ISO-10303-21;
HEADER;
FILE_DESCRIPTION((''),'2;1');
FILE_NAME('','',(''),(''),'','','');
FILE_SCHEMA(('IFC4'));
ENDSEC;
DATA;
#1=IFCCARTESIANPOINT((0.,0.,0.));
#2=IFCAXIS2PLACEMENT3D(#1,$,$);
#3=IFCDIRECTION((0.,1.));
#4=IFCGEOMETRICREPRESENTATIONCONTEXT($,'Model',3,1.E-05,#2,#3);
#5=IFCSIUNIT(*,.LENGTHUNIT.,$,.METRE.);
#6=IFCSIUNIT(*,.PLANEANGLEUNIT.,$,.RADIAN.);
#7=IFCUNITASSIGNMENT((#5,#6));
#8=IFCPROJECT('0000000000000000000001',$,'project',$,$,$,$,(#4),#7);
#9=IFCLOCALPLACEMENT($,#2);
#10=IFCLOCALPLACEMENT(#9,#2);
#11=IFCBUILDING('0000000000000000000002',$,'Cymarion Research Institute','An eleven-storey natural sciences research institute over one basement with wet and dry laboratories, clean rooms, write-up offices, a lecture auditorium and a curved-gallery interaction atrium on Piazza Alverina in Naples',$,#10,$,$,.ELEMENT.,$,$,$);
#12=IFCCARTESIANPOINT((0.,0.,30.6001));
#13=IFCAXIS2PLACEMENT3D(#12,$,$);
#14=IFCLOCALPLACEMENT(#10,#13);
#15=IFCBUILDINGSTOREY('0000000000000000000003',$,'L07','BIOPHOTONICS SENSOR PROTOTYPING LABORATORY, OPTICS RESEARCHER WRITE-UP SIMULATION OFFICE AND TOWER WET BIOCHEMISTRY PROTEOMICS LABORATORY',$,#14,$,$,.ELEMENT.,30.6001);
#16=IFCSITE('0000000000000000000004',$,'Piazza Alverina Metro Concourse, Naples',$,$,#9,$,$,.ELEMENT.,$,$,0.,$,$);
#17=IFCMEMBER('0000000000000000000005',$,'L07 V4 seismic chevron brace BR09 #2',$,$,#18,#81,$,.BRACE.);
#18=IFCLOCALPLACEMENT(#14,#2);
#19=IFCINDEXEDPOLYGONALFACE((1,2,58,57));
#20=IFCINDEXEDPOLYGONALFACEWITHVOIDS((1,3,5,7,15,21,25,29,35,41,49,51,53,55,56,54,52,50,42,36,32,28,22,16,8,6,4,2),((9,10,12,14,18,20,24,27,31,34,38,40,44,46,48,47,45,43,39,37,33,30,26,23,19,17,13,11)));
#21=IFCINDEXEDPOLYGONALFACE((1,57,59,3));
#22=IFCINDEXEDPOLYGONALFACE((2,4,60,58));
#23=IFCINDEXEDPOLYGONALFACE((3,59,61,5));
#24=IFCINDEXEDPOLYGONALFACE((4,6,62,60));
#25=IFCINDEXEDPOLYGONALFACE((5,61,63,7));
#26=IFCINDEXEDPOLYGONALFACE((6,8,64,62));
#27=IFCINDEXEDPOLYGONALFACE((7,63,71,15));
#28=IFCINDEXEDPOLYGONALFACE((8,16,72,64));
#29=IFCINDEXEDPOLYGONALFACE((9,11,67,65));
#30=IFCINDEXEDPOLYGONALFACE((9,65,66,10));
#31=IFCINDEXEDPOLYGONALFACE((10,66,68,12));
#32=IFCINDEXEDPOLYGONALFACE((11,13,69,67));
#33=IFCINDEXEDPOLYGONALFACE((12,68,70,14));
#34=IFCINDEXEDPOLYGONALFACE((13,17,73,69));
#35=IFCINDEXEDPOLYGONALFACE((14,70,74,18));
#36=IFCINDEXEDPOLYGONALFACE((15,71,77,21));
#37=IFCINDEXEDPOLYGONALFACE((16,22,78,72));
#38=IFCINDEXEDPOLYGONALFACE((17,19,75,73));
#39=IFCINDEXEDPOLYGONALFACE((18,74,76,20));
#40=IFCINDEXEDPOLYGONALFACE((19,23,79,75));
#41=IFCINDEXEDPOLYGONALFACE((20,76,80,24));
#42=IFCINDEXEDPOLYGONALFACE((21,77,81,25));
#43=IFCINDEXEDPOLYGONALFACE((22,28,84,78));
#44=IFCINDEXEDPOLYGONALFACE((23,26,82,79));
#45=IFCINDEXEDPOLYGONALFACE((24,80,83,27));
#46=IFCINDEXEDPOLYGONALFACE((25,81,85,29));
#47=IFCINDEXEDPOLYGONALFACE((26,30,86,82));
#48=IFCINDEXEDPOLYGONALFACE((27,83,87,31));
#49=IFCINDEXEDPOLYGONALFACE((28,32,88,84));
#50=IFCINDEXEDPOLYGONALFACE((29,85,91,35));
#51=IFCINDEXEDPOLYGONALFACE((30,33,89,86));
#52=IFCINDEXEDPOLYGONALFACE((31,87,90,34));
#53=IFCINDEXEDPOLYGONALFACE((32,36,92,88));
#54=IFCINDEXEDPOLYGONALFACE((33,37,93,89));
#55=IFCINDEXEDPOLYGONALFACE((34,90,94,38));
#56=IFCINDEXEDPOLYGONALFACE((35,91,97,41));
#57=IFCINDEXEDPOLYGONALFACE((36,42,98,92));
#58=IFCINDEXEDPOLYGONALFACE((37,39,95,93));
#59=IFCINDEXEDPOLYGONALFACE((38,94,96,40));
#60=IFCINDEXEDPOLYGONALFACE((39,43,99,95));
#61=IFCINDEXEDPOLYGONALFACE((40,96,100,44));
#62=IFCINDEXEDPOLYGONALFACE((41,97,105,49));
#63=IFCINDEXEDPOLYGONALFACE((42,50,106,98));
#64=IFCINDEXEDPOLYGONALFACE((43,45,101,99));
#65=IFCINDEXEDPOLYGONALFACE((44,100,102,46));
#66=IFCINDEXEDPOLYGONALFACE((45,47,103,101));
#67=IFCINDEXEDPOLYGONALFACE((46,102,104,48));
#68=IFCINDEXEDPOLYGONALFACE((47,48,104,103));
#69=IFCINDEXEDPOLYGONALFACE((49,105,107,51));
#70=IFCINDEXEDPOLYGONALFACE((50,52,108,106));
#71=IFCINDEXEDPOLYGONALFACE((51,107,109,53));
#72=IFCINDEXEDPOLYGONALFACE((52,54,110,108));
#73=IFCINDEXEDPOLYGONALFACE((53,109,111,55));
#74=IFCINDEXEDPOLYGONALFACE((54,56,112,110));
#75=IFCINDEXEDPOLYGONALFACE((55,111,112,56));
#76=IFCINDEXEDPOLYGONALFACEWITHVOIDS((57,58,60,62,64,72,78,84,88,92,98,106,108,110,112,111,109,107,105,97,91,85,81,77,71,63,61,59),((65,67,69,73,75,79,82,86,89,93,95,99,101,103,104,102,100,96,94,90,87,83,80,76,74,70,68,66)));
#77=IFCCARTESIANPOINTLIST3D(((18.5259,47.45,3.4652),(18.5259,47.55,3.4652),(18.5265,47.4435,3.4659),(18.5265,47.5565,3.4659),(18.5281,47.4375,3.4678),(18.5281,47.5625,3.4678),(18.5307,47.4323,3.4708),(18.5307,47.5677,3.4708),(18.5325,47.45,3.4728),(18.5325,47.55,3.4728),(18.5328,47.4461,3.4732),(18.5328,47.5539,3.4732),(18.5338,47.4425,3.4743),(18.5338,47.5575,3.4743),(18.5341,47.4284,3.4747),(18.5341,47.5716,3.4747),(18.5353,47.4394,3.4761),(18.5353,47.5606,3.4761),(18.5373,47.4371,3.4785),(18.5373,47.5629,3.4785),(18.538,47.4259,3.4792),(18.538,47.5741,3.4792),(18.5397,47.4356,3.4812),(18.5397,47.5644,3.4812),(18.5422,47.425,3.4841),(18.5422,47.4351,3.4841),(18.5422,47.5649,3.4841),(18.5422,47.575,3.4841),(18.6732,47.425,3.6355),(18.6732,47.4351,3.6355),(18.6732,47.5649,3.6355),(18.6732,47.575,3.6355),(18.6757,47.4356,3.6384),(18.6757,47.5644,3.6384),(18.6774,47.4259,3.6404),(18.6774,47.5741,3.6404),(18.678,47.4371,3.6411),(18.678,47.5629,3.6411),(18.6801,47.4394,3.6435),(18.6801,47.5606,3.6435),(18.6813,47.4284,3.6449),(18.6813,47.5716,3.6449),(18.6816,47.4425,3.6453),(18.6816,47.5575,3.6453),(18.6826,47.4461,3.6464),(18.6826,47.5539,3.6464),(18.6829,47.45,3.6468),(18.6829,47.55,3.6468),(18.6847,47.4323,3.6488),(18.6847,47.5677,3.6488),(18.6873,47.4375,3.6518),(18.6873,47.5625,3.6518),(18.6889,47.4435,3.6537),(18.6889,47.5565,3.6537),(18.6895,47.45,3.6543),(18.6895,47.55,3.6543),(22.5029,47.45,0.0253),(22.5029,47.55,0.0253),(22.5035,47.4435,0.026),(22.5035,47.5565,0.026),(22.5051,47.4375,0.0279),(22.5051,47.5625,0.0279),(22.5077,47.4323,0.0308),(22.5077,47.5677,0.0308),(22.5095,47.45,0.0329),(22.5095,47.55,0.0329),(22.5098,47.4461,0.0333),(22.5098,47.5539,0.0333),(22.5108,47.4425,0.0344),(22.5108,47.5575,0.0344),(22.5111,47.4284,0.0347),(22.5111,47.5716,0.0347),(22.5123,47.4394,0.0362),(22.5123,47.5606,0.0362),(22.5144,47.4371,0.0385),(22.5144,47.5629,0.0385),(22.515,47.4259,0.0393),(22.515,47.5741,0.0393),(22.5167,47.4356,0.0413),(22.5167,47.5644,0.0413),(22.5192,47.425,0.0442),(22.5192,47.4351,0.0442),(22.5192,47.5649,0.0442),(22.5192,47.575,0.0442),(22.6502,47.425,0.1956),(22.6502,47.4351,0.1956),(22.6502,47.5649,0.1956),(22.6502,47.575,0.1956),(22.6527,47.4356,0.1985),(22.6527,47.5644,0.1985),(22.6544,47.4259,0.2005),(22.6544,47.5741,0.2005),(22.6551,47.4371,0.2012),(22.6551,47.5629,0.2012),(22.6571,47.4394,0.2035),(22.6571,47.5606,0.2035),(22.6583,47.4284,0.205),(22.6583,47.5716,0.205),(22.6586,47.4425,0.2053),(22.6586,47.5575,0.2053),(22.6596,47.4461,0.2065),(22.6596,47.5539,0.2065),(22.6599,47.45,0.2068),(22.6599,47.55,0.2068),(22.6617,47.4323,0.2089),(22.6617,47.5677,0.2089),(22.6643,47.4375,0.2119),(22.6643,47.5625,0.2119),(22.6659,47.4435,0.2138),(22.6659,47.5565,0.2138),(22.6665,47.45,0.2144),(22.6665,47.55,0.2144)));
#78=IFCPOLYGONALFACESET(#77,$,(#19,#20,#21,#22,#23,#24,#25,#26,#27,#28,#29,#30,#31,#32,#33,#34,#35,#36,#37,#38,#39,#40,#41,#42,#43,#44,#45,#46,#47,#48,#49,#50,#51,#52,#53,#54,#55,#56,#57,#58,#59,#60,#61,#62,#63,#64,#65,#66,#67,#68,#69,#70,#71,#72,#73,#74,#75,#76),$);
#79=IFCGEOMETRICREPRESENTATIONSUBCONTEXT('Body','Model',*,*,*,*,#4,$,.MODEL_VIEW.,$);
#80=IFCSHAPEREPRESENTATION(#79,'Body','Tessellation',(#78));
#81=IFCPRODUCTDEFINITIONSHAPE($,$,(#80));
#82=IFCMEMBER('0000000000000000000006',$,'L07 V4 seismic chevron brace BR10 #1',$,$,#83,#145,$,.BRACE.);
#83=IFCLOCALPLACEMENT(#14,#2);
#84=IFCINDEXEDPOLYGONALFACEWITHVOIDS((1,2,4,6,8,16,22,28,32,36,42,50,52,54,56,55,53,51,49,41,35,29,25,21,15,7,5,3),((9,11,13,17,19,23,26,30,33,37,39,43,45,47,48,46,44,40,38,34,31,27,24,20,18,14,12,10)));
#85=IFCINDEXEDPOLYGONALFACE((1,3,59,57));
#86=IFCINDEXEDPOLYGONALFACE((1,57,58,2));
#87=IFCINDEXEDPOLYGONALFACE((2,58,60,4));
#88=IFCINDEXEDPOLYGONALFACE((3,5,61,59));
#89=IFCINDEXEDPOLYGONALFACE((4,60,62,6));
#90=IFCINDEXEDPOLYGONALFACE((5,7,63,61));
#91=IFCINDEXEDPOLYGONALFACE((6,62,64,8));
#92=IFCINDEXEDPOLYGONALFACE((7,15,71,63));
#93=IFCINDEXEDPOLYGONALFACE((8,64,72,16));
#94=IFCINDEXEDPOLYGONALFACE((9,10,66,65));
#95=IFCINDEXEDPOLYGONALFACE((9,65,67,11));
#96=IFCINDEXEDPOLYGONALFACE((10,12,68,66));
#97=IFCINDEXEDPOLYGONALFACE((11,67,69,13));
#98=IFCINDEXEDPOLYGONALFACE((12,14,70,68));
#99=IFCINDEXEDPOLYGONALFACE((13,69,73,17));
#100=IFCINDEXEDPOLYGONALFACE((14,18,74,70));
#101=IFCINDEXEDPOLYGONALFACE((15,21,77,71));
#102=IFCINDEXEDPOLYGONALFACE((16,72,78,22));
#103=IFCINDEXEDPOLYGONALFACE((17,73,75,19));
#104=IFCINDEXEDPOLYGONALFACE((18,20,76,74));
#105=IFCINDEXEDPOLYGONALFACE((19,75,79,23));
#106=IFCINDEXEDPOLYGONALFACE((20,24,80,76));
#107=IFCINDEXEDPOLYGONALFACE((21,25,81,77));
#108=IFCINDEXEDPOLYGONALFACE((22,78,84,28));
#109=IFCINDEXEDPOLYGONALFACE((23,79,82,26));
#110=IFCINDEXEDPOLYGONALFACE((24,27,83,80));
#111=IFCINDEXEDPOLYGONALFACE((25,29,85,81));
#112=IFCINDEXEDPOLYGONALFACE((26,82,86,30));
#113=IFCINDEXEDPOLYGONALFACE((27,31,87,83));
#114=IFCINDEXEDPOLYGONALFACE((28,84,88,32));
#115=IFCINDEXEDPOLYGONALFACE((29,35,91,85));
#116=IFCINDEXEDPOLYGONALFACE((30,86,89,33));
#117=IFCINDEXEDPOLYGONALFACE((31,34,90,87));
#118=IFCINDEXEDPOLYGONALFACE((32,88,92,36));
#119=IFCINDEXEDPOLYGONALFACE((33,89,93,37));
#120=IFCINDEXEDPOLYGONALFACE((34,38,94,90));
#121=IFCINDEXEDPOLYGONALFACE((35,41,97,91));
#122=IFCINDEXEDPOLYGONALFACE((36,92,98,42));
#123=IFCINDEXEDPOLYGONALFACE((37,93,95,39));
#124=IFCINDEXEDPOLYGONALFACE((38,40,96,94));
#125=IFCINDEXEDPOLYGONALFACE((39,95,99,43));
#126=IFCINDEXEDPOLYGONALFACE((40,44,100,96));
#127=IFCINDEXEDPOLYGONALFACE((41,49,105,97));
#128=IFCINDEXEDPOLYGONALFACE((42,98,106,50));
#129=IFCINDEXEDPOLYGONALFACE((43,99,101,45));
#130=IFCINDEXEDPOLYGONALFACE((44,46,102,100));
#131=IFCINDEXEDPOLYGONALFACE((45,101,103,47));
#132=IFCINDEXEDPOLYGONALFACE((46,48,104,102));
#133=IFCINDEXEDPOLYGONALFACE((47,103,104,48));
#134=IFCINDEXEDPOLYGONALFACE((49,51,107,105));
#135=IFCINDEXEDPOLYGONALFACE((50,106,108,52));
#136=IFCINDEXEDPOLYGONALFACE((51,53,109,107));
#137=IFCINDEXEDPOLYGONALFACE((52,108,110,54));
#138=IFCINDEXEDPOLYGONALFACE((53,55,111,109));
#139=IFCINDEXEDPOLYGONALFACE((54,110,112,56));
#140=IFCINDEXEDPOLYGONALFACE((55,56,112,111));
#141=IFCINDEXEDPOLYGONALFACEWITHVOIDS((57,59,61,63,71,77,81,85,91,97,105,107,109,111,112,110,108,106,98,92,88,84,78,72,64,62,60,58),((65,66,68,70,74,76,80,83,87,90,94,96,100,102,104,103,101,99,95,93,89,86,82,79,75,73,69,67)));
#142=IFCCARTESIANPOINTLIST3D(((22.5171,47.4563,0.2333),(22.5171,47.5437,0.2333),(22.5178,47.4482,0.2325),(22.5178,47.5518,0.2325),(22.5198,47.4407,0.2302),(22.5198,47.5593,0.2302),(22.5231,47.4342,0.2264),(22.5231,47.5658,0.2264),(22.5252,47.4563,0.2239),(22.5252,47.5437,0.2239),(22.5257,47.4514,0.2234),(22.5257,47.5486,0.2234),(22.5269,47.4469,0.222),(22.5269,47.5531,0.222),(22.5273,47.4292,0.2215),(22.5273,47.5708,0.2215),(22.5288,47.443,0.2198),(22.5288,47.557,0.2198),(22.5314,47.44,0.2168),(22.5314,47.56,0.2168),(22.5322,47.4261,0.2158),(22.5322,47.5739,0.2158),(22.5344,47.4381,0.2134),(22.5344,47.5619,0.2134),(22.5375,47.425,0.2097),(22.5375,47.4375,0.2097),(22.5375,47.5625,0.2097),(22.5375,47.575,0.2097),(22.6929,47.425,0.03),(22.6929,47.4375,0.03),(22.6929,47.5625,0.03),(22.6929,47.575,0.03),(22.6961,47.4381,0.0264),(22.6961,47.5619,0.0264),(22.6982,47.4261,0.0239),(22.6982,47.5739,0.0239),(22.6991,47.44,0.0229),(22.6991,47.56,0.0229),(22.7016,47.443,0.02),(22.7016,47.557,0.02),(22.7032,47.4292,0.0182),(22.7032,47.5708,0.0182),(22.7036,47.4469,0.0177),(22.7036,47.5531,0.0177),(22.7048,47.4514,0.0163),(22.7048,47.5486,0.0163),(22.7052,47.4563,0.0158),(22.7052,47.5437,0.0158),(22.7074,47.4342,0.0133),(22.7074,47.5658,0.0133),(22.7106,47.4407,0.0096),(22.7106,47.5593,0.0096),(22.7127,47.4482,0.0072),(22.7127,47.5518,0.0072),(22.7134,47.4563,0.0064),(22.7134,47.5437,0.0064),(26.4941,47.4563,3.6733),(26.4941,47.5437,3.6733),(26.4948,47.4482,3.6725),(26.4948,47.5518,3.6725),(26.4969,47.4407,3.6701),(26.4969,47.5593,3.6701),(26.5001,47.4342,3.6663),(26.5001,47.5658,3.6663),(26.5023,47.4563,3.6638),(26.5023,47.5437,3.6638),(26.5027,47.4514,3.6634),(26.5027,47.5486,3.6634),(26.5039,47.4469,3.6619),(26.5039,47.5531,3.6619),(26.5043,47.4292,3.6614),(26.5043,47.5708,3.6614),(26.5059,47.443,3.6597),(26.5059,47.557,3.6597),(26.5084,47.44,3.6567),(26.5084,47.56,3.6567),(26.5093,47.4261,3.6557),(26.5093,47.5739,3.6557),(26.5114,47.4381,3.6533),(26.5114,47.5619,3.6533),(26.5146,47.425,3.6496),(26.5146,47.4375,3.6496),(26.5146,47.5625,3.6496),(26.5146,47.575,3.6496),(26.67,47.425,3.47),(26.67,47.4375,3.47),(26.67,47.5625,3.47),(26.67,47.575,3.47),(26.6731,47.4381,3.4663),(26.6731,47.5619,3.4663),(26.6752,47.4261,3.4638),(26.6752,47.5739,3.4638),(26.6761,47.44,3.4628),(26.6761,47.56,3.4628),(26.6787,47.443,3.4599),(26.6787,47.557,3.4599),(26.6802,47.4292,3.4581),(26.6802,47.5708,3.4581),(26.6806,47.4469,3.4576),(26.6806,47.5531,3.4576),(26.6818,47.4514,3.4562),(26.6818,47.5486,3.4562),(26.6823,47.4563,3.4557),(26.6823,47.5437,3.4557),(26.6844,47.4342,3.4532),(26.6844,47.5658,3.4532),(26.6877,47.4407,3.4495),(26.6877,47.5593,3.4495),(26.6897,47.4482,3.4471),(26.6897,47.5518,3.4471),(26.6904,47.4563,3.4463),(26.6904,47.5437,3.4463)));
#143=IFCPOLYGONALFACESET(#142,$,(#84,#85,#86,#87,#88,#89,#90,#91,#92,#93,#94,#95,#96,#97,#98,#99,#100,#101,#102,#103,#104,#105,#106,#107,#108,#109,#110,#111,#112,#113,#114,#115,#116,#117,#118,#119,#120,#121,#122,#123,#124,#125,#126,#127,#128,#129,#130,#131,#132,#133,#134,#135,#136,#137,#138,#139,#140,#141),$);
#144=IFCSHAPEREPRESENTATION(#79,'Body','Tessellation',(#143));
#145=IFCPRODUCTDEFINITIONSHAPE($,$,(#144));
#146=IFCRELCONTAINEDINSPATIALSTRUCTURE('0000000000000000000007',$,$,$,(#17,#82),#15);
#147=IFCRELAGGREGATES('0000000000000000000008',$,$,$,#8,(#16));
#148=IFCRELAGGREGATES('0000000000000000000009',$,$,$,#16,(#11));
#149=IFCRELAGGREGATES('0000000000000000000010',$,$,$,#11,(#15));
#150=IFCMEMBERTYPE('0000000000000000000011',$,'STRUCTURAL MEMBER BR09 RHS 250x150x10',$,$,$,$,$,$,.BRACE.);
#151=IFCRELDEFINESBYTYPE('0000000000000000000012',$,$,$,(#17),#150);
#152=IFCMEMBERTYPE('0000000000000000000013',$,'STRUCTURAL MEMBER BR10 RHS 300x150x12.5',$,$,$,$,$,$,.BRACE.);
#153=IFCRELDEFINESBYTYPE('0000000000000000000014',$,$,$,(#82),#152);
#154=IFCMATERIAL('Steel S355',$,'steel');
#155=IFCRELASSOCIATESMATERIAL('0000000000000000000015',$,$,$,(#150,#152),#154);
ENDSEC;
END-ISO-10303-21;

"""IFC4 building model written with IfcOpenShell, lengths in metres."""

from ifc_helpers import new_model, si_unit, direction, frame, origin, origin_2d, place, context, subcontext, project, spatial, hollow_rectangle, extrude, material, material_profile, profile_set, type_object, element, save


model = new_model("IFC4")

# Units and contexts
model_context = context("Model", 3, precision=1e-05, world=origin(), true_north=direction((0.0, 1.0)))
body_context = subcontext(model_context, "Body", "Model", "MODEL_VIEW")
ifc_project = project(units=[si_unit("LENGTHUNIT", "METRE"), si_unit("PLANEANGLEUNIT", "RADIAN")], contexts=[model_context])

# Site, building, storey
site_placement = place(None, origin())
site = spatial("IfcSite", under=ifc_project, at=site_placement, Name="Piazza Alverina Metro Concourse, Naples", CompositionType="ELEMENT", RefElevation=0.0)
building_placement = place(site_placement, origin())
building = spatial("IfcBuilding", under=site, at=building_placement, Name="Cymarion Research Institute", Description="An eleven-storey natural sciences research institute over one basement with wet and dry laboratories, clean rooms, write-up offices, a lecture auditorium and a curved-gallery interaction atrium on Piazza Alverina in Naples", CompositionType="ELEMENT")
storey_placement = place(building_placement, frame((0.0, 0.0, 30.6001)))
storey = spatial("IfcBuildingStorey", under=building, at=storey_placement, Name="L07", Description="BIOPHOTONICS SENSOR PROTOTYPING LABORATORY, OPTICS RESEARCHER WRITE-UP SIMULATION OFFICE AND TOWER WET BIOCHEMISTRY PROTEOMICS LABORATORY", CompositionType="ELEMENT", Elevation=30.6001)

# Shared definitions
ifc_material_1 = material(Name="Steel S355", Category="steel")

# Members
ifc_material_profile_1 = material_profile(ifc_material_1, hollow_rectangle(XDim=0.1499, YDim=0.25, WallThickness=0.01, InnerFilletRadius=0.0149, OuterFilletRadius=0.0249, at=origin_2d()), Name="RHS 250x150x10")
ifc_profile_set_1 = profile_set([ifc_material_profile_1], Name="Steel S355")
member_type_1 = type_object("IfcMemberType", Name="STRUCTURAL MEMBER BR09 RHS 250x150x10", PredefinedType="BRACE", material=ifc_profile_set_1)
member_1_placement = place(storey_placement, frame((22.5847, 47.5, 0.1199), z_axis=(-0.756332, 0.0, 0.654188), x_axis=(0.0, -1.0, 0.0)))
element("IfcMember", 1, at=member_1_placement, inside=storey, type_object=member_type_1, Name="L07 V4 seismic chevron brace BR09 #2", PredefinedType="BRACE", context=body_context, shape_type="SweptSolid", body=[
    extrude(hollow_rectangle(XDim=0.1499, YDim=0.25, WallThickness=0.01, InnerFilletRadius=0.0149, OuterFilletRadius=0.0249, at=origin_2d()), origin(), (0.0, 0.0, 1.0), 5.2583),
])
ifc_material_profile_2 = material_profile(ifc_material_1, hollow_rectangle(XDim=0.1499, YDim=0.3, WallThickness=0.0125, InnerFilletRadius=0.0188, OuterFilletRadius=0.0312, at=origin_2d()), Name="RHS 300x150x12.5")
ifc_profile_set_2 = profile_set([ifc_material_profile_2], Name="Steel S355")
member_type_2 = type_object("IfcMemberType", Name="STRUCTURAL MEMBER BR10 RHS 300x150x12.5", PredefinedType="BRACE", material=ifc_profile_set_2)
for number, where, z_axis, x_axis, name in (
    (2, (22.6152, 47.5, 0.1199), (0.756332, 0.0, 0.654188), (0.0, 1.0, 0.0), "L07 V4 seismic chevron brace BR10 #1"),
):
    element("IfcMember", number, at=place(storey_placement, frame(where, z_axis=z_axis, x_axis=x_axis)), inside=storey, type_object=member_type_2, Name=name, PredefinedType="BRACE", context=body_context, shape_type="SweptSolid", body=[
        extrude(hollow_rectangle(XDim=0.1499, YDim=0.3, WallThickness=0.0125, InnerFilletRadius=0.0188, OuterFilletRadius=0.0312, at=origin_2d()), origin(), (0.0, 0.0, 1.0), 5.2583),
    ])

save(model, "model.ifc")
